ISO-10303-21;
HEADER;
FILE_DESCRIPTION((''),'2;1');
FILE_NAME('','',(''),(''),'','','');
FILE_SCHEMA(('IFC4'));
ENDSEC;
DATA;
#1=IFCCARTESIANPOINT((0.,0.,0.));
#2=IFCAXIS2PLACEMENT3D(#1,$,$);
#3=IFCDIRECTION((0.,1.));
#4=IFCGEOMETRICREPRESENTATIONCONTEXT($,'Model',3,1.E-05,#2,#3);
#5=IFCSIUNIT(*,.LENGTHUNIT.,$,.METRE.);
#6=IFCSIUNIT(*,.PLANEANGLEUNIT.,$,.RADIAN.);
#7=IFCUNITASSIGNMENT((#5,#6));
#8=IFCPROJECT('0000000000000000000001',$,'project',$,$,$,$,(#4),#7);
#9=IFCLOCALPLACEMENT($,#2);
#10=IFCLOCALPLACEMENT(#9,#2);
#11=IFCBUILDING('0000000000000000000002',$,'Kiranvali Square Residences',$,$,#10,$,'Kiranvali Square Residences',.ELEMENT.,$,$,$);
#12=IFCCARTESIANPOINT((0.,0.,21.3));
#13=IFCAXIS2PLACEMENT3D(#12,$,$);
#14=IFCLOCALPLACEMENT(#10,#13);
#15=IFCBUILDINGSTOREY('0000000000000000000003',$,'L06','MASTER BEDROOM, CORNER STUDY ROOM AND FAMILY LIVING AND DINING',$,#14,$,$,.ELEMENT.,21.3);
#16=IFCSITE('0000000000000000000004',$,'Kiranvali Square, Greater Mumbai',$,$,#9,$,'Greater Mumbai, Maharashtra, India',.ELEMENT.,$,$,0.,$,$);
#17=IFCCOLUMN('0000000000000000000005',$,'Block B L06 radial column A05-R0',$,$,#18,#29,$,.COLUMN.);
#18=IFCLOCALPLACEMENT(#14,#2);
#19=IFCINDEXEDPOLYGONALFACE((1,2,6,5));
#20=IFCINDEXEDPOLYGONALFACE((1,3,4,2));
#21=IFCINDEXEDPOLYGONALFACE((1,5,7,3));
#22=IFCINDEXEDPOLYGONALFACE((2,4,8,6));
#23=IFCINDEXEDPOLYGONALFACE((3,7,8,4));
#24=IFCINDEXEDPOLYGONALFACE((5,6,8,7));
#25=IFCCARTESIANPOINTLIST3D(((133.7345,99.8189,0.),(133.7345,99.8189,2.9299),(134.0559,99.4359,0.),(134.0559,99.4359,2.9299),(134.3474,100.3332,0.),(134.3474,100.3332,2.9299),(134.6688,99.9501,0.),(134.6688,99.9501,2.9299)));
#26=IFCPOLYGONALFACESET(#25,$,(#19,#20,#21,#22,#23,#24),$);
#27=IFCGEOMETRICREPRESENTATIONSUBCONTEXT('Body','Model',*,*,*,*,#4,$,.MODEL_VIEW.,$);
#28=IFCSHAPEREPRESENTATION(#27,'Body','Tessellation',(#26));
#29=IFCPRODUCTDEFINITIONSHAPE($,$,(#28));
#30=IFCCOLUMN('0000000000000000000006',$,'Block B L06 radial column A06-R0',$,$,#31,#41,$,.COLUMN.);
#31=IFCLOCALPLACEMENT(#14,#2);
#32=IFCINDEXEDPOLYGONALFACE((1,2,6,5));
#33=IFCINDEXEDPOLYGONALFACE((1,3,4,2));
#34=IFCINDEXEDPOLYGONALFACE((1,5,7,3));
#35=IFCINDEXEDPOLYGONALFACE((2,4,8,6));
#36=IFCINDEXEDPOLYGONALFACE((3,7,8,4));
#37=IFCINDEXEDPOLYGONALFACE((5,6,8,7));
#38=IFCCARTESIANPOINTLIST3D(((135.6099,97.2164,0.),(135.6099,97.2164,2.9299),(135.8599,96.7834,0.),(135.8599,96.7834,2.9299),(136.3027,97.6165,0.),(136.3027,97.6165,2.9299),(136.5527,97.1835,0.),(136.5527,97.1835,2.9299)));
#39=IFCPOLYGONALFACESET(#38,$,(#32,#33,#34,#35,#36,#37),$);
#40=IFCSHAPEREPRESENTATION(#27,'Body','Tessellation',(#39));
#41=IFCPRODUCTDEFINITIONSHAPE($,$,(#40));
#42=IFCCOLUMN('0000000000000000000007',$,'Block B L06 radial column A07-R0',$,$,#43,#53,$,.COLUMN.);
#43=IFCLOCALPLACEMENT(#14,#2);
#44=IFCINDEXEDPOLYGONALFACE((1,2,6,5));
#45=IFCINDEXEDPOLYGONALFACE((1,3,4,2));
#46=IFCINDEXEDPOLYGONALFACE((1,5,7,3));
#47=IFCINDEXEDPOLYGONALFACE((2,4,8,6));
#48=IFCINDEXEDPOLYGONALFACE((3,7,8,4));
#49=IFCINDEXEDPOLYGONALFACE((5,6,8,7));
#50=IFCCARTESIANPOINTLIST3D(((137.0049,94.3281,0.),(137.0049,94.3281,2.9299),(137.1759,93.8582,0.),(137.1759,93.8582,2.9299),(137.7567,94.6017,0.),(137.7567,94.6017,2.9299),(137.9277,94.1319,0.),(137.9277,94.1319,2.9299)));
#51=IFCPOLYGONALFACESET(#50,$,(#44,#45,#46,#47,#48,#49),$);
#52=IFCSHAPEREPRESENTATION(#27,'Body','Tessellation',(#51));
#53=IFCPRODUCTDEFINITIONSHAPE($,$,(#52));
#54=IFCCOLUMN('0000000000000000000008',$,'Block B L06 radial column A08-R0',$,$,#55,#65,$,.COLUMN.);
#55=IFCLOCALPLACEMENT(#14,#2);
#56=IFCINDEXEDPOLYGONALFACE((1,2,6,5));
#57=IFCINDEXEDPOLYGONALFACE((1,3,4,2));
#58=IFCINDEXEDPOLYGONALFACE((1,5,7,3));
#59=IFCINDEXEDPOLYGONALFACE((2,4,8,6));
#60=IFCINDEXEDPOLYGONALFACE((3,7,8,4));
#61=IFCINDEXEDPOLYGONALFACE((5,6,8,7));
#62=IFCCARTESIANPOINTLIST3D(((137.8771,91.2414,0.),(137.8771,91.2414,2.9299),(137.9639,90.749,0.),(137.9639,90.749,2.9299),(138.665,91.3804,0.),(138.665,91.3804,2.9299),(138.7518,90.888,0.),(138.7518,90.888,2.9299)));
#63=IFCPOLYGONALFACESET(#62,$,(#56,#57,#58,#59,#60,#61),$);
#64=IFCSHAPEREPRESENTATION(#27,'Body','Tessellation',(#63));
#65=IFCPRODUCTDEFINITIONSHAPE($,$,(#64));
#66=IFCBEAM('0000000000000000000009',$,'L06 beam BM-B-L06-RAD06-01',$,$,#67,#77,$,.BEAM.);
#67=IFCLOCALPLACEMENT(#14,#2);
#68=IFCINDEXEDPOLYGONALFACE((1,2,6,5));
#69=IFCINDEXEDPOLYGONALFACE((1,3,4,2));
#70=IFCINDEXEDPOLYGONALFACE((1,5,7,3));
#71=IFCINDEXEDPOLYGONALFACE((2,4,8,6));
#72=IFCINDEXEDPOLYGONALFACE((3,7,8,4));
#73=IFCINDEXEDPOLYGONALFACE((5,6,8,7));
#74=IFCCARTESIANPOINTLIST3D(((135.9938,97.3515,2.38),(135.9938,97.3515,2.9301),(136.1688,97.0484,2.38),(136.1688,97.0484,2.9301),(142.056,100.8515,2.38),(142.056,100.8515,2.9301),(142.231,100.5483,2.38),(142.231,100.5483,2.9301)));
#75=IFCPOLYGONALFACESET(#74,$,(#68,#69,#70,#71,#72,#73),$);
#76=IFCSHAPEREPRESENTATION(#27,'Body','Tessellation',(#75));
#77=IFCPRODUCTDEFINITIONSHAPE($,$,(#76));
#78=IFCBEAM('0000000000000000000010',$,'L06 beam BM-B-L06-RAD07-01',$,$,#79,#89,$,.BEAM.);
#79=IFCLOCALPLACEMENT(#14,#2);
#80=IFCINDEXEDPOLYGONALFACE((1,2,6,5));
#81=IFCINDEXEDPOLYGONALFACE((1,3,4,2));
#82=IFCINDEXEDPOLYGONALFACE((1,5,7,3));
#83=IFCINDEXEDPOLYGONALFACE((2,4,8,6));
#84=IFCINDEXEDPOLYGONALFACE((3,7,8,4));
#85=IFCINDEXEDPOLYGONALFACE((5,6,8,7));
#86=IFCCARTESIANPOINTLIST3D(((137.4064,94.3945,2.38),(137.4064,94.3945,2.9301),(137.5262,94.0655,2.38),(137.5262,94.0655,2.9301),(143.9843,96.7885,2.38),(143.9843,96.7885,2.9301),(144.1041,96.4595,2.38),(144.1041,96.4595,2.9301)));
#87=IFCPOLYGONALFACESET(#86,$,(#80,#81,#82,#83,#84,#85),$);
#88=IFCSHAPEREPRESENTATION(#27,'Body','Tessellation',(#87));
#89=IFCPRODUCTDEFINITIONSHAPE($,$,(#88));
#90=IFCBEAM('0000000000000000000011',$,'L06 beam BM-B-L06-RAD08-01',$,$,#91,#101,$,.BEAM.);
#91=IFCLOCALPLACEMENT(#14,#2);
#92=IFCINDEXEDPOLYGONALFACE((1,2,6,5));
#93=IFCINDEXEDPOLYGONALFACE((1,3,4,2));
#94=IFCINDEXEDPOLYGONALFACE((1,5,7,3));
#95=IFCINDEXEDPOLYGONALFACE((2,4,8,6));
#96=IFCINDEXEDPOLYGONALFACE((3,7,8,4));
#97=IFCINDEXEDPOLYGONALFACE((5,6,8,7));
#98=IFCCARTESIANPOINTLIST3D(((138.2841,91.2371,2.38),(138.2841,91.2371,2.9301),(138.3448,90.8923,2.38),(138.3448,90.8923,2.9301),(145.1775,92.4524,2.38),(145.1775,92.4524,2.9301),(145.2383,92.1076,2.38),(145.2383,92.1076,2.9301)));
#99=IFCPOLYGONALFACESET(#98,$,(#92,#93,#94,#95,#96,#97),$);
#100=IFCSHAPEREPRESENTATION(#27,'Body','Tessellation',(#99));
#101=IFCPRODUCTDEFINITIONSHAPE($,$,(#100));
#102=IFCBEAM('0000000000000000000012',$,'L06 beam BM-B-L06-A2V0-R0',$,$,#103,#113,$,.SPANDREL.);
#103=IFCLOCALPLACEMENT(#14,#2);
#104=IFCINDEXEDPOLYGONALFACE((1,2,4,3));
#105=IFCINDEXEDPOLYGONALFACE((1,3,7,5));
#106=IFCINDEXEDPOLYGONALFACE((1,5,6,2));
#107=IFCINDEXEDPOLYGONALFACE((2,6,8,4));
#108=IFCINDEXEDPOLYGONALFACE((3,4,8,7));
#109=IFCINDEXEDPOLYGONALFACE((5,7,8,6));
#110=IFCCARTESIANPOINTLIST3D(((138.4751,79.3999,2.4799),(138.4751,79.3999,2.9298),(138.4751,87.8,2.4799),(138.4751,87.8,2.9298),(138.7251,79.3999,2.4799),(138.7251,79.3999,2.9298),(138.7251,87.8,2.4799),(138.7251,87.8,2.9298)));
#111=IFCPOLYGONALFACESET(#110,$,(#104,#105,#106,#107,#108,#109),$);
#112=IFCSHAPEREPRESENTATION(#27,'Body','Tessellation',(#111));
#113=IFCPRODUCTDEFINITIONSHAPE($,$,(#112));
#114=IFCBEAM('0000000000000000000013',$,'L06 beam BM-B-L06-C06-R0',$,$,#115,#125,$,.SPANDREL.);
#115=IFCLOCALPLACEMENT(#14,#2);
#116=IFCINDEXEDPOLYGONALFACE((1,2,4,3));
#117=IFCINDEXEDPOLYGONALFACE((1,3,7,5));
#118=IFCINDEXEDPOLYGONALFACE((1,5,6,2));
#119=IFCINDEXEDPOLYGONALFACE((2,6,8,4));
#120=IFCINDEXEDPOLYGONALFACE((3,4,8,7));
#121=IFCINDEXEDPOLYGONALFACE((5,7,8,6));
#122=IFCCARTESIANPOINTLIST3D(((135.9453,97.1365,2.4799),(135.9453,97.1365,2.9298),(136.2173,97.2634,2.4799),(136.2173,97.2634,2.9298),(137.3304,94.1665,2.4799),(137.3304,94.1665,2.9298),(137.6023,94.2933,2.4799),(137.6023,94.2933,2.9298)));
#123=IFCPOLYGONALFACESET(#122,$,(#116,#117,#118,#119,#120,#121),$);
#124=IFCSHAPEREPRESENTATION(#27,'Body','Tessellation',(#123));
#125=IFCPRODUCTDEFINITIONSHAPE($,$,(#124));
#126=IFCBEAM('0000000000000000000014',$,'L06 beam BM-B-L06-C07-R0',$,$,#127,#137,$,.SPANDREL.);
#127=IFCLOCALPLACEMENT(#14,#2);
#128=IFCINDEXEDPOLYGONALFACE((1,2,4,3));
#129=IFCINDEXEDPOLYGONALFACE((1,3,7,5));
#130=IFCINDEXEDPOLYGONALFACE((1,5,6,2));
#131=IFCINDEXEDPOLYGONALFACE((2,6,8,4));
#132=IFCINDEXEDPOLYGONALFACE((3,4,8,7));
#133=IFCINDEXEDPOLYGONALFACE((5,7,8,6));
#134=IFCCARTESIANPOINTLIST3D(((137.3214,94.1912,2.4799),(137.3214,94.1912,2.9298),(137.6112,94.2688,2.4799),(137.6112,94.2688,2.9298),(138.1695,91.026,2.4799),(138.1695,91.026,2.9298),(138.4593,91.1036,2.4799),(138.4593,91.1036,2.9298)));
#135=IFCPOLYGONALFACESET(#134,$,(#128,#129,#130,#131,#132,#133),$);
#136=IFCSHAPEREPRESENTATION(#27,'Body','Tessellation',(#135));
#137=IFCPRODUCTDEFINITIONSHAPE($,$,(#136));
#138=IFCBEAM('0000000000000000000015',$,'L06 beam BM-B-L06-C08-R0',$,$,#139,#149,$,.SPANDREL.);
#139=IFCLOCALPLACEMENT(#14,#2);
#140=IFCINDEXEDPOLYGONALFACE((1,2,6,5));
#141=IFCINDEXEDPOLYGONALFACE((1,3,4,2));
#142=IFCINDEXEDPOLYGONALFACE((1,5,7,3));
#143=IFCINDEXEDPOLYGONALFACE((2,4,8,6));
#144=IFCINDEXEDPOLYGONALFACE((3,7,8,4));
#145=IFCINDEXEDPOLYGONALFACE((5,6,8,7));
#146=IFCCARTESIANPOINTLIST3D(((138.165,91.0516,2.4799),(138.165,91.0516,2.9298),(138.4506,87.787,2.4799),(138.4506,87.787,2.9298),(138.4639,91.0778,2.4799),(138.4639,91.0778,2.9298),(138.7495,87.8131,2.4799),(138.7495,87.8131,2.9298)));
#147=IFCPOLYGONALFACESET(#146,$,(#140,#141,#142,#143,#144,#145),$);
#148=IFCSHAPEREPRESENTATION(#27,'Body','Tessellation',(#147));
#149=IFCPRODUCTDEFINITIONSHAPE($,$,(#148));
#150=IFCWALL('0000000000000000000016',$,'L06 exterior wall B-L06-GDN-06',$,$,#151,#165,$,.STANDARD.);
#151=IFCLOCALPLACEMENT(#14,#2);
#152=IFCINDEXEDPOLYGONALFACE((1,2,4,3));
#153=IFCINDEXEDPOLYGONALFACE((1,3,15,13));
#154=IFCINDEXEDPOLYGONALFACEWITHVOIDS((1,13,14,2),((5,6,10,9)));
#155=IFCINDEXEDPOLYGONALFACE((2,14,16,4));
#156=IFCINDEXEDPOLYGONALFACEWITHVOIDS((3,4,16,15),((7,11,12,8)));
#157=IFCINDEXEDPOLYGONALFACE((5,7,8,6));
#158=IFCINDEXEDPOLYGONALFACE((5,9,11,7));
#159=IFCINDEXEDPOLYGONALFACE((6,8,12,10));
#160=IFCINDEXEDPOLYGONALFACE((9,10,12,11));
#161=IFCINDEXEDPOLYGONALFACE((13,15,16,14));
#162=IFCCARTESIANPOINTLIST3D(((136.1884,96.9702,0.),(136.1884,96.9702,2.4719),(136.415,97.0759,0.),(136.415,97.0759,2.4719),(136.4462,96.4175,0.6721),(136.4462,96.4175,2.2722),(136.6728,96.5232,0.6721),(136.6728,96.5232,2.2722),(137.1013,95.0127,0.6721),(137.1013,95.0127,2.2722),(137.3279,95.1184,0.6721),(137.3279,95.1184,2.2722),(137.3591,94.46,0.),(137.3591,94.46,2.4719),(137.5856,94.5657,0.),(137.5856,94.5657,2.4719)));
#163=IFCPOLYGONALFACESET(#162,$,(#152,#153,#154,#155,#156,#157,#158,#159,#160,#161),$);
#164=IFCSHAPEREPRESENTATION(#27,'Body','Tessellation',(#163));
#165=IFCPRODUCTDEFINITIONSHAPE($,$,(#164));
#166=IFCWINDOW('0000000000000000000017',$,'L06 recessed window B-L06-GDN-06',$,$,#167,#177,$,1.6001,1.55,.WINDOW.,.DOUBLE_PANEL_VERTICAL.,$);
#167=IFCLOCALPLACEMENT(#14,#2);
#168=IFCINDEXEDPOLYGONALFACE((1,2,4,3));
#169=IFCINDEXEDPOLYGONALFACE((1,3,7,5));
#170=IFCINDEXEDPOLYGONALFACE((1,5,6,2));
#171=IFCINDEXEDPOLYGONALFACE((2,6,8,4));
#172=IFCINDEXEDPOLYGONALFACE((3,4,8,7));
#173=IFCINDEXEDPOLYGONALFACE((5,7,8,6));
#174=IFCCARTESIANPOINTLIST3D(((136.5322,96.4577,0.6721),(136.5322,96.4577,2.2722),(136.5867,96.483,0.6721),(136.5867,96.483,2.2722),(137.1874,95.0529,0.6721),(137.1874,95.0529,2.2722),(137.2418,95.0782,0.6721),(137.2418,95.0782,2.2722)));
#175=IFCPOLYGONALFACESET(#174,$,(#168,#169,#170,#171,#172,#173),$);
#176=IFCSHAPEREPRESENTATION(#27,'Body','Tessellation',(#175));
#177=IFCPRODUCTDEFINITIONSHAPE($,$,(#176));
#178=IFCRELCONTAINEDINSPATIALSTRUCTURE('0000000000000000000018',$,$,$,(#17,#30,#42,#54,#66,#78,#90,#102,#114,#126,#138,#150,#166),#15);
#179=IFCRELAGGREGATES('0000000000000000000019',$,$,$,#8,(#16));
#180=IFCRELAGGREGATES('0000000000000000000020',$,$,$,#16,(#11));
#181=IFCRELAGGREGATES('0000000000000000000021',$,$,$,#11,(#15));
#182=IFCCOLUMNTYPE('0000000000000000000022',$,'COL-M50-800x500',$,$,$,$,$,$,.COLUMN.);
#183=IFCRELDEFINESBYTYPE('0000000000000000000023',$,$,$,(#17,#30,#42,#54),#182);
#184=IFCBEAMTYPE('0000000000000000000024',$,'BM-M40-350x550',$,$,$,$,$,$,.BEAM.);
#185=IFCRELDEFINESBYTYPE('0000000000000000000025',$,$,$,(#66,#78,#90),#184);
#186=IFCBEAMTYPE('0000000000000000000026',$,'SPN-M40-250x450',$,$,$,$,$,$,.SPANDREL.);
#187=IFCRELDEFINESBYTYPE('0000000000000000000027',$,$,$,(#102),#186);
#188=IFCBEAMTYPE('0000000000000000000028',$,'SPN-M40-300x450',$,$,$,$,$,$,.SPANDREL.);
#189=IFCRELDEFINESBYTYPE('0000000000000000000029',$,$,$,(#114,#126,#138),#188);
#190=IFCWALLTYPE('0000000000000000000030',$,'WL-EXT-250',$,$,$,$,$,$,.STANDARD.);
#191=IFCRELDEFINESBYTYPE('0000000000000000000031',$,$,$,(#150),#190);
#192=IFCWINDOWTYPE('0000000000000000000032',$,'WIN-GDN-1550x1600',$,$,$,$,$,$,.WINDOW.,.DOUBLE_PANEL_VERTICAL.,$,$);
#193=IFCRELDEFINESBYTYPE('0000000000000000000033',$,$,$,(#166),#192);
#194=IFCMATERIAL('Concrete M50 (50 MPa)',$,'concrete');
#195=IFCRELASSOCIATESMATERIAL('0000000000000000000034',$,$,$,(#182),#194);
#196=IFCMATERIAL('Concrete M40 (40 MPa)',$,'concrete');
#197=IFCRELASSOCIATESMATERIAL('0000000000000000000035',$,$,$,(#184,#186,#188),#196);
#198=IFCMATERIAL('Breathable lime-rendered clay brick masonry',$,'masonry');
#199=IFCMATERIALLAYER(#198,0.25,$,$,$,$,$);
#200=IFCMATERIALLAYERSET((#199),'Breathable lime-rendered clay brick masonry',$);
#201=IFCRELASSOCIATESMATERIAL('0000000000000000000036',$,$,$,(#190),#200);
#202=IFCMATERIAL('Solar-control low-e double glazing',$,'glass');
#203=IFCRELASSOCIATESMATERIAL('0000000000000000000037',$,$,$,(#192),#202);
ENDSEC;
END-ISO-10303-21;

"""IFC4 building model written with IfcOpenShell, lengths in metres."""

from ifc_helpers import new_model, si_unit, direction, frame, frame_2d, origin, origin_2d, place, context, subcontext, project, spatial, rectangle, extrude, material, layer, layer_set, material_profile, profile_set, type_object, element, fill, save


model = new_model("IFC4")

# Units and contexts
model_context = context("Model", 3, precision=1e-05, world=origin(), true_north=direction((0.0, 1.0)))
body_context = subcontext(model_context, "Body", "Model", "MODEL_VIEW")
ifc_project = project(units=[si_unit("LENGTHUNIT", "METRE"), si_unit("PLANEANGLEUNIT", "RADIAN")], contexts=[model_context])

# Site, building, storey
site_placement = place(None, origin())
site = spatial("IfcSite", under=ifc_project, at=site_placement, Name="Kiranvali Square, Greater Mumbai", LongName="Greater Mumbai, Maharashtra, India", CompositionType="ELEMENT", RefElevation=0.0)
building_placement = place(site_placement, origin())
building = spatial("IfcBuilding", under=site, at=building_placement, Name="Kiranvali Square Residences", LongName="Kiranvali Square Residences", CompositionType="ELEMENT")
storey_placement = place(building_placement, frame((0.0, 0.0, 21.3)))
storey = spatial("IfcBuildingStorey", under=building, at=storey_placement, Name="L06", Description="MASTER BEDROOM, CORNER STUDY ROOM AND FAMILY LIVING AND DINING", CompositionType="ELEMENT", Elevation=21.3)

# Columns
ifc_material_1 = material(Name="Concrete M50 (50 MPa)", Category="concrete")
ifc_material_profile_1 = material_profile(ifc_material_1, rectangle(XDim=0.5, YDim=0.8, at=origin_2d()), Name="RC 800x500")
ifc_profile_set_1 = profile_set([ifc_material_profile_1], Name="Concrete M50 (50 MPa)")
column_type = type_object("IfcColumnType", Name="COL-M50-800x500", PredefinedType="COLUMN", material=ifc_profile_set_1)
for number, where, z_axis, x_axis, name in (
    (1, (134.2017, 99.8845, 0.0), (0.0, 0.0, 1.0), (-0.642788, 0.766044, 0.0), "Block B L06 radial column A05-R0"),
    (2, (136.0813, 97.2, 0.0), (0.0, 0.0, 1.0), (-0.5, 0.866025, 0.0), "Block B L06 radial column A06-R0"),
    (3, (137.4663, 94.23, 0.0), (0.0, 0.0, 1.0), (-0.34202, 0.939693, 0.0), "Block B L06 radial column A07-R0"),
    (4, (138.3145, 91.0647, 0.0), (0.0, 0.0, 1.0), (-0.173648, 0.984808, 0.0), "Block B L06 radial column A08-R0"),
):
    element("IfcColumn", number, at=place(storey_placement, frame(where, z_axis=z_axis, x_axis=x_axis)), inside=storey, type_object=column_type, Name=name, PredefinedType="COLUMN", context=body_context, shape_type="SweptSolid", body=[
        extrude(rectangle(XDim=0.5, YDim=0.8, at=origin_2d()), origin(), (0.0, 0.0, 1.0), 2.9299),
    ])

# Beams
ifc_material_2 = material(Name="Concrete M40 (40 MPa)", Category="concrete")
ifc_material_profile_2 = material_profile(ifc_material_2, rectangle(XDim=0.3501, YDim=0.55, at=origin_2d()), Name="RC 350x550")
ifc_profile_set_2 = profile_set([ifc_material_profile_2], Name="Concrete M40 (40 MPa)")
beam_type_1 = type_object("IfcBeamType", Name="BM-M40-350x550", PredefinedType="BEAM", material=ifc_profile_set_2)
for number, where, z_axis, x_axis, name in (
    (5, (136.0813, 97.2, 2.655), (0.866028, 0.499995, 0.0), (-0.499995, 0.866028, 0.0), "L06 beam BM-B-L06-RAD06-01"),
    (6, (137.4663, 94.23, 2.655), (0.939698, 0.342006, 0.0), (-0.342006, 0.939698, 0.0), "L06 beam BM-B-L06-RAD07-01"),
):
    element("IfcBeam", number, at=place(storey_placement, frame(where, z_axis=z_axis, x_axis=x_axis)), inside=storey, type_object=beam_type_1, Name=name, PredefinedType="BEAM", context=body_context, shape_type="SweptSolid", body=[
        extrude(rectangle(XDim=0.3501, YDim=0.55, at=origin_2d()), origin(), (0.0, 0.0, 1.0), 7.0),
    ])
beam_1_placement = place(storey_placement, frame((138.3145, 91.0647, 2.655), z_axis=(0.984812, 0.173622, 0.0), x_axis=(-0.173622, 0.984812, 0.0)))
element("IfcBeam", 7, at=beam_1_placement, inside=storey, type_object=beam_type_1, Name="L06 beam BM-B-L06-RAD08-01", PredefinedType="BEAM", context=body_context, shape_type="SweptSolid", body=[
    extrude(rectangle(XDim=0.3501, YDim=0.55, at=origin_2d()), origin(), (0.0, 0.0, 1.0), 6.9998),
])
ifc_material_profile_3 = material_profile(ifc_material_2, rectangle(XDim=0.25, YDim=0.45, at=origin_2d()), Name="RC 250x450")
ifc_profile_set_3 = profile_set([ifc_material_profile_3], Name="Concrete M40 (40 MPa)")
beam_type_2 = type_object("IfcBeamType", Name="SPN-M40-250x450", PredefinedType="SPANDREL", material=ifc_profile_set_3)
beam_2_placement = place(storey_placement, frame((138.6001, 87.8, 2.7048), z_axis=(0.0, -1.0, 0.0), x_axis=(1.0, 0.0, 0.0)))
element("IfcBeam", 8, at=beam_2_placement, inside=storey, type_object=beam_type_2, Name="L06 beam BM-B-L06-A2V0-R0", PredefinedType="SPANDREL", context=body_context, shape_type="SweptSolid", body=[
    extrude(rectangle(XDim=0.25, YDim=0.45, at=origin_2d()), origin(), (0.0, 0.0, 1.0), 8.4001),
])
ifc_material_profile_4 = material_profile(ifc_material_2, rectangle(XDim=0.3, YDim=0.45, at=origin_2d()), Name="RC 300x450")
ifc_profile_set_4 = profile_set([ifc_material_profile_4], Name="Concrete M40 (40 MPa)")
beam_type_3 = type_object("IfcBeamType", Name="SPN-M40-300x450", PredefinedType="SPANDREL", material=ifc_profile_set_4)
beam_3_placement = place(storey_placement, frame((136.0813, 97.2, 2.7048), z_axis=(0.422641, -0.906297, 0.0), x_axis=(0.906297, 0.422641, 0.0)))
element("IfcBeam", 9, at=beam_3_placement, inside=storey, type_object=beam_type_3, Name="L06 beam BM-B-L06-C06-R0", PredefinedType="SPANDREL", context=body_context, shape_type="SweptSolid", body=[
    extrude(rectangle(XDim=0.3, YDim=0.45, at=origin_2d()), origin(), (0.0, 0.0, 1.0), 3.2771),
])
beam_4_placement = place(storey_placement, frame((137.4663, 94.23, 2.7048), z_axis=(0.258822, -0.965925, 0.0), x_axis=(0.965925, 0.258822, 0.0)))
element("IfcBeam", 10, at=beam_4_placement, inside=storey, type_object=beam_type_3, Name="L06 beam BM-B-L06-C07-R0", PredefinedType="SPANDREL", context=body_context, shape_type="SweptSolid", body=[
    extrude(rectangle(XDim=0.3, YDim=0.45, at=origin_2d()), origin(), (0.0, 0.0, 1.0), 3.2769),
])
beam_5_placement = place(storey_placement, frame((138.3145, 91.0647, 2.7048), z_axis=(0.087163, -0.996194, 0.0), x_axis=(0.996194, 0.087163, 0.0)))
element("IfcBeam", 11, at=beam_5_placement, inside=storey, type_object=beam_type_3, Name="L06 beam BM-B-L06-C08-R0", PredefinedType="SPANDREL", context=body_context, shape_type="SweptSolid", body=[
    extrude(rectangle(XDim=0.3, YDim=0.45, at=origin_2d()), origin(), (0.0, 0.0, 1.0), 3.2771),
])

# Shared definitions
ifc_material_3 = material(Name="Breathable lime-rendered clay brick masonry", Category="masonry")
ifc_layer_1 = layer(ifc_material_3, 0.25)
ifc_layer_set_1 = layer_set([ifc_layer_1], Name="Breathable lime-rendered clay brick masonry")
wall_type_1 = type_object("IfcWallType", Name="WL-EXT-250", PredefinedType="STANDARD", material=ifc_layer_set_1)

# Wall, opening, window
wall_1_placement = place(storey_placement, frame((136.3018, 97.0229, 0.0), z_axis=(0.0, 0.0, 1.0), x_axis=(0.422649, -0.906293, 0.0)))
wall_1 = element("IfcWall", 12, at=wall_1_placement, inside=storey, type_object=wall_type_1, Name="L06 exterior wall B-L06-GDN-06", PredefinedType="STANDARD", context=body_context, shape_type="SweptSolid", body=[
    extrude(rectangle(XDim=2.7698, YDim=0.25, at=frame_2d((1.3848, 0.0))), origin(), (0.0, 0.0, 1.0), 2.4719),
])
opening_1_placement = place(wall_1_placement, frame((0.6099, 0.0, 0.6721)))
opening_1 = element("IfcOpeningElement", 13, at=opening_1_placement, cuts=wall_1, PredefinedType="OPENING", context=body_context, shape_type="SweptSolid", body=[
    extrude(rectangle(XDim=1.55, YDim=1.6001, at=frame_2d((0.7749, 0.8))), frame((0.0, 0.135, 0.0), z_axis=(0.0, -1.0, 0.0), x_axis=(1.0, 0.0, 0.0)), (0.0, 0.0, 1.0), 0.27),
])
ifc_material_4 = material(Name="Solar-control low-e double glazing", Category="glass")
window_type_1 = type_object("IfcWindowType", Name="WIN-GDN-1550x1600", PartitioningType="DOUBLE_PANEL_VERTICAL", PredefinedType="WINDOW", material=ifc_material_4)
window_1_placement = place(opening_1_placement, origin())
window_1 = element("IfcWindow", 14, at=window_1_placement, inside=storey, type_object=window_type_1, Name="L06 recessed window B-L06-GDN-06", OverallHeight=1.6001, OverallWidth=1.55, PartitioningType="DOUBLE_PANEL_VERTICAL", PredefinedType="WINDOW", context=body_context, shape_type="SweptSolid", body=[
    extrude(rectangle(XDim=1.55, YDim=1.6001, at=frame_2d((0.7749, 0.8))), frame((0.0, 0.03, 0.0), z_axis=(0.0, -1.0, 0.0), x_axis=(1.0, 0.0, 0.0)), (0.0, 0.0, 1.0), 0.0601),
])
fill(opening_1, window_1)

save(model, "model.ifc")
